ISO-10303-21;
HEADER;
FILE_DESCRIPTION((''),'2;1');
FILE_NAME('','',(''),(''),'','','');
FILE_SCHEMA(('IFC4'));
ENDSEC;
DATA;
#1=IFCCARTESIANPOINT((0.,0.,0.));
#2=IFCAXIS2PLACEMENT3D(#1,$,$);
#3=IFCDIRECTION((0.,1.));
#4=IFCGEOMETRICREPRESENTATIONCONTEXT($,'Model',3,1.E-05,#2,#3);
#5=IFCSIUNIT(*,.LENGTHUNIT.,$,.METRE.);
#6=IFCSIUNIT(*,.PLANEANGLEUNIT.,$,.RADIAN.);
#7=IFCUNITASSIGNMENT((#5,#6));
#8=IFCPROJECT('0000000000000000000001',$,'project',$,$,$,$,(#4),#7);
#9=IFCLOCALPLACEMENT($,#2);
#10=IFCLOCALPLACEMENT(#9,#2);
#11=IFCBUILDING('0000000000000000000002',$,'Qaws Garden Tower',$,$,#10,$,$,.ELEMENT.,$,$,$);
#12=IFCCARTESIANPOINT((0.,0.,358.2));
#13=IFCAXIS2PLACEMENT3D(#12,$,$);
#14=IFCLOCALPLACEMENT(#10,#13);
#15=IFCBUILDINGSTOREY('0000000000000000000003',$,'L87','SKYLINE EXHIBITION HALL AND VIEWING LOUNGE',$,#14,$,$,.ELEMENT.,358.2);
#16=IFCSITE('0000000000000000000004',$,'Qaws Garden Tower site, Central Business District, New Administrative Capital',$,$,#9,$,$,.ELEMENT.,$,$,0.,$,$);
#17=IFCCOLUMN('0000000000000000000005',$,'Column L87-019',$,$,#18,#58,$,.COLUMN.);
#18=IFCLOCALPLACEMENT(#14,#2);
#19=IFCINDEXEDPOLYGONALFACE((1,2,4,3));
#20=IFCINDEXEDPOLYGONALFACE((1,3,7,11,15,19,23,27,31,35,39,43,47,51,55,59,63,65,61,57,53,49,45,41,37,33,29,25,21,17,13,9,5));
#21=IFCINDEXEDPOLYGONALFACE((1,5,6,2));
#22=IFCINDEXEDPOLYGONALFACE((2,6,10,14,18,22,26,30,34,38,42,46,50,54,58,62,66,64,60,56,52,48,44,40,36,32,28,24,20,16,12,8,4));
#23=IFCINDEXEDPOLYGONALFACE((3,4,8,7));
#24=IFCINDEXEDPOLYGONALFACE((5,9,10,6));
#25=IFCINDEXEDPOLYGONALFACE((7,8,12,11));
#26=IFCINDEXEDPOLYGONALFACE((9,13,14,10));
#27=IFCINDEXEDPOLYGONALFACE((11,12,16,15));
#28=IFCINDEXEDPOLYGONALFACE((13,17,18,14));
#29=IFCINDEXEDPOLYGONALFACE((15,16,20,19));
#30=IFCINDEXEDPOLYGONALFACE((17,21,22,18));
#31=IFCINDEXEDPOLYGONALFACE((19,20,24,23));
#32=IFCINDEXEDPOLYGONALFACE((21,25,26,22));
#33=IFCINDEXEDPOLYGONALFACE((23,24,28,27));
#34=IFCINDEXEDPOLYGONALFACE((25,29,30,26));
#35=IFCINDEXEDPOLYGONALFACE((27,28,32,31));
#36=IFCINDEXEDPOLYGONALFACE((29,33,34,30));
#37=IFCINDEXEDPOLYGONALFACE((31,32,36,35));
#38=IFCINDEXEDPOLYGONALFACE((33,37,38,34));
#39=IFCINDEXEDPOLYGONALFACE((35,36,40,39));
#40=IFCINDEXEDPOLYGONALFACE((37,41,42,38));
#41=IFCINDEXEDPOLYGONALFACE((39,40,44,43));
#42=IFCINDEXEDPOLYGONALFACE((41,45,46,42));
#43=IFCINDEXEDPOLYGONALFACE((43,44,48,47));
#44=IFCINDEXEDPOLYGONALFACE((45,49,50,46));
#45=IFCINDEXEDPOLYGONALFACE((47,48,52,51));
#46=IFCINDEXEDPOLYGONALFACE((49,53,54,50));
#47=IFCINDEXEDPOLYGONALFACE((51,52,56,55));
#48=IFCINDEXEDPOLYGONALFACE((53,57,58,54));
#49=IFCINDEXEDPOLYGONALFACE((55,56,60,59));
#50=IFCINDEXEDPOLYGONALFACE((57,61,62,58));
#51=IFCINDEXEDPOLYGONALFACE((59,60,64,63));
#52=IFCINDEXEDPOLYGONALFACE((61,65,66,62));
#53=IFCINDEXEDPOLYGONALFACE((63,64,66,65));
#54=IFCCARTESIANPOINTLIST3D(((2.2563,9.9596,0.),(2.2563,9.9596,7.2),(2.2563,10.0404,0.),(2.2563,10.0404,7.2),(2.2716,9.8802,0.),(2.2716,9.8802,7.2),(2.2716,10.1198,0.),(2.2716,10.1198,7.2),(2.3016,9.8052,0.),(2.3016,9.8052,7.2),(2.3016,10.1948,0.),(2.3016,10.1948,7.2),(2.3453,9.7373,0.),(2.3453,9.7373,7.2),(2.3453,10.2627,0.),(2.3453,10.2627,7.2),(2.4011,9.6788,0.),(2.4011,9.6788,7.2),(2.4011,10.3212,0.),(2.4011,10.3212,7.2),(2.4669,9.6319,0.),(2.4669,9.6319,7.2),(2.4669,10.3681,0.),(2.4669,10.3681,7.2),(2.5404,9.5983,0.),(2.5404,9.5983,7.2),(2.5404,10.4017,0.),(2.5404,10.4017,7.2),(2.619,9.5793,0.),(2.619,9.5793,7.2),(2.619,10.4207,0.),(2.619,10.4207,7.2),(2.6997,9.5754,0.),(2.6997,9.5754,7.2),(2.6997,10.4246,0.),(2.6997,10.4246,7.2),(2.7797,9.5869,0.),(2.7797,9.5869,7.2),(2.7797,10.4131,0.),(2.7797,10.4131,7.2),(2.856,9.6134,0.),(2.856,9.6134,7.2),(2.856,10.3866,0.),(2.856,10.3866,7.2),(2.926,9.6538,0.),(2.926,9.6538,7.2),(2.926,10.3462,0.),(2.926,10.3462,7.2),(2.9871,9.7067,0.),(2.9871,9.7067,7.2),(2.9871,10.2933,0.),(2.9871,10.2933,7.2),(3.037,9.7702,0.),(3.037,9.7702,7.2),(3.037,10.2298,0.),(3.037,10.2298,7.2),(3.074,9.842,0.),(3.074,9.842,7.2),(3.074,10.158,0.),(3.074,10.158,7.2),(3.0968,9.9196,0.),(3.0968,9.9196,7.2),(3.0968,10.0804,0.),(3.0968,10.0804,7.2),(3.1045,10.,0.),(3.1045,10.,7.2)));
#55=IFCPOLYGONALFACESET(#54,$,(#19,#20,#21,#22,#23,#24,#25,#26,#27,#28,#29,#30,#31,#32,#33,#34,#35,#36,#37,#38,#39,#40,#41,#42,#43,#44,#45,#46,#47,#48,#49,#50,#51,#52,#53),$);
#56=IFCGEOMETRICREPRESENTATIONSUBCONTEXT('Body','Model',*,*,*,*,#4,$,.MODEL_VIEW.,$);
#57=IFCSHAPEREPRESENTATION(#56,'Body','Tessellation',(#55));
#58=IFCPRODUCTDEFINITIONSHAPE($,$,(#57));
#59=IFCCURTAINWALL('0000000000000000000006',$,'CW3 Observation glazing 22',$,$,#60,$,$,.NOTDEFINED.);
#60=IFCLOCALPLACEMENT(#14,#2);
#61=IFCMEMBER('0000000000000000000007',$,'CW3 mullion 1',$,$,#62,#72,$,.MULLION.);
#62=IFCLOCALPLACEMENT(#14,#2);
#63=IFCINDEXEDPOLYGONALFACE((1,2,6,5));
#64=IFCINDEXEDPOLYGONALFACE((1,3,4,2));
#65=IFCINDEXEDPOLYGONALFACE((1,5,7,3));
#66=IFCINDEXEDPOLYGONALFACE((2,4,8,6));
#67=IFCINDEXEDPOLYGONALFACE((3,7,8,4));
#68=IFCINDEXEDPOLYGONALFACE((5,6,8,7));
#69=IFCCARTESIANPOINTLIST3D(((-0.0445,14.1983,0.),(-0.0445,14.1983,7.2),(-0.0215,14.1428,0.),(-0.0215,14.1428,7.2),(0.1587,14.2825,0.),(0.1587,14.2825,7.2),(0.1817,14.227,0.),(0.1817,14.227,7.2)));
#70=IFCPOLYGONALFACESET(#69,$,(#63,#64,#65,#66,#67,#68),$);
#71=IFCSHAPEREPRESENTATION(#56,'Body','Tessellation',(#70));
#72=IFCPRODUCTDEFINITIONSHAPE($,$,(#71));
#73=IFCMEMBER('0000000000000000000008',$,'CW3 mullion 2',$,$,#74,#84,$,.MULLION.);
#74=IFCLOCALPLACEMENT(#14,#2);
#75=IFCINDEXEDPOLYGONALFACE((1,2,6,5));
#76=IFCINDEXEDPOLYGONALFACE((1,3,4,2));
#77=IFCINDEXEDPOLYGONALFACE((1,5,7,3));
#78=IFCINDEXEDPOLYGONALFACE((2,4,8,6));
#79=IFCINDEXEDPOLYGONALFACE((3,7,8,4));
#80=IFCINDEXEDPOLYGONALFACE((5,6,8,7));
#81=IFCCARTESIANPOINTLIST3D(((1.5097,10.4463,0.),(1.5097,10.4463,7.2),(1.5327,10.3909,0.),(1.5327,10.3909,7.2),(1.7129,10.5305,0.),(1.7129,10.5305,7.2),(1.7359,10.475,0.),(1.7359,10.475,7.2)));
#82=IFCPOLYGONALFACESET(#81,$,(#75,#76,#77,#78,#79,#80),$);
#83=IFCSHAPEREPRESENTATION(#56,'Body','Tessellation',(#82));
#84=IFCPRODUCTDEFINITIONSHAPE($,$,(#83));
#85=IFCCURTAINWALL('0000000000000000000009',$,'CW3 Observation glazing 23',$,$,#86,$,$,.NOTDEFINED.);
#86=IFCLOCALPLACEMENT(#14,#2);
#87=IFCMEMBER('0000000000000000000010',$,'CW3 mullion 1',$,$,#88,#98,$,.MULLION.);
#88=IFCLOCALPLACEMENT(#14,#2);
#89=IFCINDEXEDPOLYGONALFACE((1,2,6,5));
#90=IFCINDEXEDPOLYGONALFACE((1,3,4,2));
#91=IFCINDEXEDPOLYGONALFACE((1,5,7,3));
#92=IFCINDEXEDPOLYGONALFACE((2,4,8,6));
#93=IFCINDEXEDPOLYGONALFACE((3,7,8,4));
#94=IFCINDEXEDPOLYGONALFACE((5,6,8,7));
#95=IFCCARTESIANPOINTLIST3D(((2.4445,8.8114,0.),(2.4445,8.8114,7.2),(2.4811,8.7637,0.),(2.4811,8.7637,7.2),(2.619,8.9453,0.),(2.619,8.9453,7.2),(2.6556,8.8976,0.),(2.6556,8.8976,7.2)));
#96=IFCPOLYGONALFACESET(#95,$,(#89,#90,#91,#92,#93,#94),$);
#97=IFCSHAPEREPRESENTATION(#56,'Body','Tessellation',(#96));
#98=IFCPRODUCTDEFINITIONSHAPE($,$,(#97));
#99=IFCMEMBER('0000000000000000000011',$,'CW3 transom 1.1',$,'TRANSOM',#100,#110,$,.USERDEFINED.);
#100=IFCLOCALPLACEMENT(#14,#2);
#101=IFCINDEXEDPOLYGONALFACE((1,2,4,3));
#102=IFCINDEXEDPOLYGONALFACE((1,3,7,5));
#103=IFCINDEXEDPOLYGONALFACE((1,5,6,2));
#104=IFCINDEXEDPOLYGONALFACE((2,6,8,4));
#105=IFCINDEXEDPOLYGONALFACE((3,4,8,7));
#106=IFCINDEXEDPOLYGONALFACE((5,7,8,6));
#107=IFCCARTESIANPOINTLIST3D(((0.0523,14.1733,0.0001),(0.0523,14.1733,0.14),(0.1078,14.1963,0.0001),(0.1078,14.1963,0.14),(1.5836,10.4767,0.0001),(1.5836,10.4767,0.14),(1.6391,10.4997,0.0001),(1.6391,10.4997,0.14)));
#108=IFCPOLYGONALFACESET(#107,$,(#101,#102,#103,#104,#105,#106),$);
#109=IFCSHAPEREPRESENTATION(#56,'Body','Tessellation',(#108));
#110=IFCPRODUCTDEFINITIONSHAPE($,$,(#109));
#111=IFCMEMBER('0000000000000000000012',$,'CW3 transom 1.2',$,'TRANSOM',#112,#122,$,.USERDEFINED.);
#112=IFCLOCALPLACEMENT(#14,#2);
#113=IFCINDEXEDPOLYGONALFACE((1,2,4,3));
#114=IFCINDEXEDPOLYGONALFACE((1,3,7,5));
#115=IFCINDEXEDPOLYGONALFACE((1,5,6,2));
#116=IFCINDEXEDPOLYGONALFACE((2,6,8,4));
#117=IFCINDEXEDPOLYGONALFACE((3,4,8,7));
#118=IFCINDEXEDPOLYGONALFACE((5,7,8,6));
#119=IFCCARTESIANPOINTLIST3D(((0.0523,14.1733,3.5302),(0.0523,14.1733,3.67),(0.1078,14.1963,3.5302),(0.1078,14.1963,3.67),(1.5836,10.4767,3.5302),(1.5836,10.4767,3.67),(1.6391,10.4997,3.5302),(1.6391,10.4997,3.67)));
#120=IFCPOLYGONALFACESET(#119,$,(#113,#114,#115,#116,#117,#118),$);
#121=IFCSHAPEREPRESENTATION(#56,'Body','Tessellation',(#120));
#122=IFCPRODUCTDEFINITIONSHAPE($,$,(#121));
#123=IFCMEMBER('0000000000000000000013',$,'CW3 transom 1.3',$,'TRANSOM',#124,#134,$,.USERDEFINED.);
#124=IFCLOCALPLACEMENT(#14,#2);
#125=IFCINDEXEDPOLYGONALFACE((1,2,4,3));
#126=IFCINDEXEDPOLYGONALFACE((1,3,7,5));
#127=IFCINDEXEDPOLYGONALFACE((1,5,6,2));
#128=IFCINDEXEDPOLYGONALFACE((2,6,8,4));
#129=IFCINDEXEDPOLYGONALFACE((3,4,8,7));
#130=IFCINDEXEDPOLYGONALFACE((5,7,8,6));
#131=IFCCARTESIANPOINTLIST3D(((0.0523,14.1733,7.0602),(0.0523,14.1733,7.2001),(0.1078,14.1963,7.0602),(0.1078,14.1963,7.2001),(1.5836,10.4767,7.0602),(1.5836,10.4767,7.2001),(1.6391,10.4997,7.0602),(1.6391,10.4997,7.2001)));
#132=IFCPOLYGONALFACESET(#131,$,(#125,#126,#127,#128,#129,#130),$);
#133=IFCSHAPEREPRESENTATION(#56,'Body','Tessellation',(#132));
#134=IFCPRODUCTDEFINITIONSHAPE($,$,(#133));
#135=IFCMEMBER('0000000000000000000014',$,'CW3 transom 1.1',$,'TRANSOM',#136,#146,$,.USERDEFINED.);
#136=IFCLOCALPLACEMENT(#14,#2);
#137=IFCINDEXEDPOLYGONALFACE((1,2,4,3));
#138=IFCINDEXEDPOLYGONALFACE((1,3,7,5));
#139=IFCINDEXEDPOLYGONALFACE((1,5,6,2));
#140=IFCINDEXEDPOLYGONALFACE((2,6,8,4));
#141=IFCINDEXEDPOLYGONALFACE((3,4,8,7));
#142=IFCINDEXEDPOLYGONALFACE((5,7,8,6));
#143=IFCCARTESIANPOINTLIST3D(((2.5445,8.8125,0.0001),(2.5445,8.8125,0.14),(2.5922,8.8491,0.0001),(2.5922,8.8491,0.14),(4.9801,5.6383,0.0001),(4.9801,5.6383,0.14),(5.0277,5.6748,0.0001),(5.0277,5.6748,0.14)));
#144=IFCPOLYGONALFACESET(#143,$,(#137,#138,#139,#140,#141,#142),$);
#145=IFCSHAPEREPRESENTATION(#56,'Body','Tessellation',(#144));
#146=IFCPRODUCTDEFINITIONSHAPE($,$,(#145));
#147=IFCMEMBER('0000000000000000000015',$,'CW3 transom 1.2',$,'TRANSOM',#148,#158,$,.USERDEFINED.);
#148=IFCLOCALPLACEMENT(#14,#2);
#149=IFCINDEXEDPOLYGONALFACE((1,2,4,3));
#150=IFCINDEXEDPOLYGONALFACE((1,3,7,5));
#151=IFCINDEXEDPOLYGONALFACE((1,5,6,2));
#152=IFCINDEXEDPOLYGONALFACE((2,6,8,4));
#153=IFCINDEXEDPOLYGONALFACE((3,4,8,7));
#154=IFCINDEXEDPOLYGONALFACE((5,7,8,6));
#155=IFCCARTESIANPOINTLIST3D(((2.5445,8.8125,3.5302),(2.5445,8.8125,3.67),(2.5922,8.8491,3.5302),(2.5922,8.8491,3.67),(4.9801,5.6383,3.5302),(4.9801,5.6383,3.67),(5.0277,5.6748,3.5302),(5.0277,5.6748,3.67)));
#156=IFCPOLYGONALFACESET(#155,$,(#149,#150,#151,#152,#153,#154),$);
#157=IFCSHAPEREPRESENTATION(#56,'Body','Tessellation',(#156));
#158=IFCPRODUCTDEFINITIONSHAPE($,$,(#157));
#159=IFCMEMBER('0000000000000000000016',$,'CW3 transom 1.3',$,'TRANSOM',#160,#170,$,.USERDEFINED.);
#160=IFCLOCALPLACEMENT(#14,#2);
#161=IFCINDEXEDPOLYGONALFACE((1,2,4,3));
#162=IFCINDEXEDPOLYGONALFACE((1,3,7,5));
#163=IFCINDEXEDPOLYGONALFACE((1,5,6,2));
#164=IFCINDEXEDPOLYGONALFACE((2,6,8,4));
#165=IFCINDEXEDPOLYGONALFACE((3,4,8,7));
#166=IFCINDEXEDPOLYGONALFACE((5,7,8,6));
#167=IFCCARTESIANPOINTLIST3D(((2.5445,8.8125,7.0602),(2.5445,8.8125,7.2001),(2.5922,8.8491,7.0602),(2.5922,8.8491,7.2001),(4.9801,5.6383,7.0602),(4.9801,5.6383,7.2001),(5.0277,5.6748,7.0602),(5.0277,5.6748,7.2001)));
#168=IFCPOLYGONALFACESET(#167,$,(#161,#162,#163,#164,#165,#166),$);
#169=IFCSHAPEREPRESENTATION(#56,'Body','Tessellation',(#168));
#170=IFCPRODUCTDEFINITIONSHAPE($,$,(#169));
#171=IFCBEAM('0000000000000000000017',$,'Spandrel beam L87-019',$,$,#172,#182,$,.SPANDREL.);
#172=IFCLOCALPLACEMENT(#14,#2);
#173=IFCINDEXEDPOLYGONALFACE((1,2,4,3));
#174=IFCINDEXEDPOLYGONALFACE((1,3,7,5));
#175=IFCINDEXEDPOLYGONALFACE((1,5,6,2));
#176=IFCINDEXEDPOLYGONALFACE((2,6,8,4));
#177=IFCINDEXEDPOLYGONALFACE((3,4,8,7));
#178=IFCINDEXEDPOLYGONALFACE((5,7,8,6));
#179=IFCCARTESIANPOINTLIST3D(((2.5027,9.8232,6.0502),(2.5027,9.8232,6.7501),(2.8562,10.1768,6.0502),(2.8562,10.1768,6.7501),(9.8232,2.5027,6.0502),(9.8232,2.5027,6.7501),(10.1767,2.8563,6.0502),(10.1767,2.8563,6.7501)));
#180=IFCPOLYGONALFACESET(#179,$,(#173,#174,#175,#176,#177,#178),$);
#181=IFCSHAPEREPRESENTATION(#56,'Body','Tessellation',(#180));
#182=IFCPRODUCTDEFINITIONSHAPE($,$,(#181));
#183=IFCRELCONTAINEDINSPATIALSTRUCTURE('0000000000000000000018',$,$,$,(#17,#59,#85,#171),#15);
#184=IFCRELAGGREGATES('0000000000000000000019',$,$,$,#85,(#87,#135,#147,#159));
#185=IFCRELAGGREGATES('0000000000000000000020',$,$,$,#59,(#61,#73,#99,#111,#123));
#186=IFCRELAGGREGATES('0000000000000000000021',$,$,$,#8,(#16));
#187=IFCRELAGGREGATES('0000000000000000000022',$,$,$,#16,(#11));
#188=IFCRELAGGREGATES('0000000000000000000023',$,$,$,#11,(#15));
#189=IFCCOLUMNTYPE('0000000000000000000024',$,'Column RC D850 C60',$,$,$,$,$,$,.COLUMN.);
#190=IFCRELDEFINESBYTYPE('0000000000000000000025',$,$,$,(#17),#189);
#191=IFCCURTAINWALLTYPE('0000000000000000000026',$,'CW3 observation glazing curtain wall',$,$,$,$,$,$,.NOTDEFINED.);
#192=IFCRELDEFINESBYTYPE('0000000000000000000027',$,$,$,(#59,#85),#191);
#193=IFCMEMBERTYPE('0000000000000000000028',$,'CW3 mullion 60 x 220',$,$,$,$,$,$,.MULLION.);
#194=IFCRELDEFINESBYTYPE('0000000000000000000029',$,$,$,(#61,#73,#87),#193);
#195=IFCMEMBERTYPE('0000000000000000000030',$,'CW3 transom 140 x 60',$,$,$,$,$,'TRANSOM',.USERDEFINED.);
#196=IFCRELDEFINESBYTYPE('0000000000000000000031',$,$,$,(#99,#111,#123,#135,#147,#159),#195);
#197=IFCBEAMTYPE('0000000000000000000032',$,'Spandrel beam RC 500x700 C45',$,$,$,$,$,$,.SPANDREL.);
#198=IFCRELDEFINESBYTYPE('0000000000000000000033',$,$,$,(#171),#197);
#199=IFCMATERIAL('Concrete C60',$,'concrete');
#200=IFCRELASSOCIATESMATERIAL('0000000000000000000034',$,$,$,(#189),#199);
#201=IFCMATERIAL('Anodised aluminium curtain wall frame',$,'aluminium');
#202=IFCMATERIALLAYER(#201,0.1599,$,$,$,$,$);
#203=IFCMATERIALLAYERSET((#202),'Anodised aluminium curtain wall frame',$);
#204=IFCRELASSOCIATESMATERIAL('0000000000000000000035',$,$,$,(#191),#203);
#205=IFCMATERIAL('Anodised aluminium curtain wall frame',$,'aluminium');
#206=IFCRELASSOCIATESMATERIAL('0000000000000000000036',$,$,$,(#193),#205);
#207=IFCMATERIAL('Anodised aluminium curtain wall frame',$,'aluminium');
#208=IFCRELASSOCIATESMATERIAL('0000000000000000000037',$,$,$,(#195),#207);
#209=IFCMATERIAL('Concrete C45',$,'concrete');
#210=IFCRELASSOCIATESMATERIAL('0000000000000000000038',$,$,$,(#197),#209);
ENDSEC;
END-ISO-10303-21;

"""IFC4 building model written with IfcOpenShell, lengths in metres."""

from ifc_helpers import new_model, si_unit, direction, frame, origin, origin_2d, place, context, subcontext, project, spatial, rectangle, circle, extrude, material, layer, layer_set, material_profile, profile_set, type_object, element, aggregate, save


model = new_model("IFC4")

# Units and contexts
model_context = context("Model", 3, precision=1e-05, world=origin(), true_north=direction((0.0, 1.0)))
body_context = subcontext(model_context, "Body", "Model", "MODEL_VIEW")
ifc_project = project(units=[si_unit("LENGTHUNIT", "METRE"), si_unit("PLANEANGLEUNIT", "RADIAN")], contexts=[model_context])

# Site, building, storey
site_placement = place(None, origin())
site = spatial("IfcSite", under=ifc_project, at=site_placement, Name="Qaws Garden Tower site, Central Business District, New Administrative Capital", CompositionType="ELEMENT", RefElevation=0.0)
building_placement = place(site_placement, origin())
building = spatial("IfcBuilding", under=site, at=building_placement, Name="Qaws Garden Tower", CompositionType="ELEMENT")
storey_placement = place(building_placement, frame((0.0, 0.0, 358.2)))
storey = spatial("IfcBuildingStorey", under=building, at=storey_placement, Name="L87", Description="SKYLINE EXHIBITION HALL AND VIEWING LOUNGE", CompositionType="ELEMENT", Elevation=358.2)

# Column
ifc_material_1 = material(Name="Concrete C60", Category="concrete")
ifc_material_profile_1 = material_profile(ifc_material_1, circle(Radius=0.425, at=origin_2d()), Name="RC D850")
ifc_profile_set_1 = profile_set([ifc_material_profile_1], Name="Concrete C60")
column_type = type_object("IfcColumnType", Name="Column RC D850 C60", PredefinedType="COLUMN", material=ifc_profile_set_1)
column_placement = place(storey_placement, frame((2.6794, 10.0, 0.0), z_axis=(0.0, 0.0, 1.0), x_axis=(1.0, 0.0, 0.0)))
element("IfcColumn", 1, at=column_placement, inside=storey, type_object=column_type, Name="Column L87-019", PredefinedType="COLUMN", context=body_context, shape_type="SweptSolid", body=[
    extrude(circle(Radius=0.425, at=origin_2d()), origin(), (0.0, 0.0, 1.0), 7.2),
])

# Curtain wall, members
ifc_material_2 = material(Name="Anodised aluminium curtain wall frame", Category="aluminium")
ifc_layer_1 = layer(ifc_material_2, 0.1599)
ifc_layer_set_1 = layer_set([ifc_layer_1], Name="Anodised aluminium curtain wall frame")
curtain_wall_type = type_object("IfcCurtainWallType", Name="CW3 observation glazing curtain wall", PredefinedType="NOTDEFINED", material=ifc_layer_set_1)
placement = place(storey_placement, origin())
curtain_wall_1 = element("IfcCurtainWall", 2, at=placement, inside=storey, type_object=curtain_wall_type, Name="CW3 Observation glazing 22", PredefinedType="NOTDEFINED")
ifc_material_3 = material(Name="Anodised aluminium curtain wall frame", Category="aluminium")
ifc_material_profile_2 = material_profile(ifc_material_3, rectangle(XDim=0.22, YDim=0.0601, at=origin_2d()), Name="AL 60x220")
ifc_profile_set_2 = profile_set([ifc_material_profile_2], Name="Anodised aluminium curtain wall frame")
member_type_1 = type_object("IfcMemberType", Name="CW3 mullion 60 x 220", PredefinedType="MULLION", material=ifc_profile_set_2)
member_1_placement = place(storey_placement, frame((0.0686, 14.2126, 0.0), z_axis=(0.0, 0.0, 1.0), x_axis=(0.92388, 0.382683, 0.0)))
member_1 = element("IfcMember", 3, at=member_1_placement, type_object=member_type_1, Name="CW3 mullion 1", PredefinedType="MULLION", context=body_context, shape_type="SweptSolid", body=[
    extrude(rectangle(XDim=0.22, YDim=0.0601, at=origin_2d()), origin(), (0.0, 0.0, 1.0), 7.2),
])
member_2_placement = place(storey_placement, frame((1.6228, 10.4607, 0.0), z_axis=(0.0, 0.0, 1.0), x_axis=(0.92388, 0.382683, 0.0)))
member_2 = element("IfcMember", 4, at=member_2_placement, type_object=member_type_1, Name="CW3 mullion 2", PredefinedType="MULLION", context=body_context, shape_type="SweptSolid", body=[
    extrude(rectangle(XDim=0.22, YDim=0.0601, at=origin_2d()), origin(), (0.0, 0.0, 1.0), 7.2),
])

# Curtain wall, member
curtain_wall_2 = element("IfcCurtainWall", 5, at=placement, inside=storey, type_object=curtain_wall_type, Name="CW3 Observation glazing 23", PredefinedType="NOTDEFINED")
member_3_placement = place(storey_placement, frame((2.55, 8.8545, 0.0), z_axis=(0.0, 0.0, 1.0), x_axis=(0.793353, 0.608761, 0.0)))
member_3 = element("IfcMember", 6, at=member_3_placement, type_object=member_type_1, Name="CW3 mullion 1", PredefinedType="MULLION", context=body_context, shape_type="SweptSolid", body=[
    extrude(rectangle(XDim=0.22, YDim=0.0601, at=origin_2d()), origin(), (0.0, 0.0, 1.0), 7.2),
])

# Members
ifc_material_4 = material(Name="Anodised aluminium curtain wall frame", Category="aluminium")
ifc_material_profile_3 = material_profile(ifc_material_4, rectangle(XDim=0.0601, YDim=0.1399, at=origin_2d()), Name="AL 60x140")
ifc_profile_set_3 = profile_set([ifc_material_profile_3], Name="Anodised aluminium curtain wall frame")
member_type_2 = type_object("IfcMemberType", Name="CW3 transom 140 x 60", ElementType="TRANSOM", PredefinedType="USERDEFINED", material=ifc_profile_set_3)
member_4_placement = place(storey_placement, frame((0.0801, 14.1848, 0.0701), z_axis=(0.382704, -0.923871, 0.0), x_axis=(0.923871, 0.382704, 0.0)))
member_4 = element("IfcMember", 7, at=member_4_placement, type_object=member_type_2, Name="CW3 transom 1.1", ObjectType="TRANSOM", PredefinedType="USERDEFINED", context=body_context, shape_type="SweptSolid", body=[
    extrude(rectangle(XDim=0.0601, YDim=0.1399, at=origin_2d()), origin(), (0.0, 0.0, 1.0), 4.0012),
])
member_5_placement = place(storey_placement, frame((0.0801, 14.1848, 3.6001), z_axis=(0.382704, -0.923871, 0.0), x_axis=(0.923871, 0.382704, 0.0)))
member_5 = element("IfcMember", 8, at=member_5_placement, type_object=member_type_2, Name="CW3 transom 1.2", ObjectType="TRANSOM", PredefinedType="USERDEFINED", context=body_context, shape_type="SweptSolid", body=[
    extrude(rectangle(XDim=0.0601, YDim=0.1399, at=origin_2d()), origin(), (0.0, 0.0, 1.0), 4.0012),
])
member_6_placement = place(storey_placement, frame((0.0801, 14.1848, 7.1301), z_axis=(0.382704, -0.923871, 0.0), x_axis=(0.923871, 0.382704, 0.0)))
member_6 = element("IfcMember", 9, at=member_6_placement, type_object=member_type_2, Name="CW3 transom 1.3", ObjectType="TRANSOM", PredefinedType="USERDEFINED", context=body_context, shape_type="SweptSolid", body=[
    extrude(rectangle(XDim=0.0601, YDim=0.1399, at=origin_2d()), origin(), (0.0, 0.0, 1.0), 4.0012),
])
member_7_placement = place(storey_placement, frame((2.5684, 8.8308, 0.0701), z_axis=(0.608731, -0.793376, 0.0), x_axis=(0.793376, 0.608731, 0.0)))
member_7 = element("IfcMember", 10, at=member_7_placement, type_object=member_type_2, Name="CW3 transom 1.1", ObjectType="TRANSOM", PredefinedType="USERDEFINED", context=body_context, shape_type="SweptSolid", body=[
    extrude(rectangle(XDim=0.0601, YDim=0.1399, at=origin_2d()), origin(), (0.0, 0.0, 1.0), 4.001),
])
member_8_placement = place(storey_placement, frame((2.5684, 8.8308, 3.6001), z_axis=(0.608731, -0.793376, 0.0), x_axis=(0.793376, 0.608731, 0.0)))
member_8 = element("IfcMember", 11, at=member_8_placement, type_object=member_type_2, Name="CW3 transom 1.2", ObjectType="TRANSOM", PredefinedType="USERDEFINED", context=body_context, shape_type="SweptSolid", body=[
    extrude(rectangle(XDim=0.0601, YDim=0.1399, at=origin_2d()), origin(), (0.0, 0.0, 1.0), 4.001),
])
member_9_placement = place(storey_placement, frame((2.5684, 8.8308, 7.1301), z_axis=(0.608731, -0.793376, 0.0), x_axis=(0.793376, 0.608731, 0.0)))
member_9 = element("IfcMember", 12, at=member_9_placement, type_object=member_type_2, Name="CW3 transom 1.3", ObjectType="TRANSOM", PredefinedType="USERDEFINED", context=body_context, shape_type="SweptSolid", body=[
    extrude(rectangle(XDim=0.0601, YDim=0.1399, at=origin_2d()), origin(), (0.0, 0.0, 1.0), 4.001),
])
aggregate(curtain_wall_2, [member_3, member_7, member_8, member_9])

# Beam
ifc_material_5 = material(Name="Concrete C45", Category="concrete")
ifc_material_profile_4 = material_profile(ifc_material_5, rectangle(XDim=0.5, YDim=0.7, at=origin_2d()), Name="RC 500x700")
ifc_profile_set_4 = profile_set([ifc_material_profile_4], Name="Concrete C45")
beam_type = type_object("IfcBeamType", Name="Spandrel beam RC 500x700 C45", PredefinedType="SPANDREL", material=ifc_profile_set_4)
beam_placement = place(storey_placement, frame((2.6794, 10.0, 6.4001), z_axis=(0.707107, -0.707107, 0.0), x_axis=(0.707107, 0.707107, 0.0)))
element("IfcBeam", 13, at=beam_placement, inside=storey, type_object=beam_type, Name="Spandrel beam L87-019", PredefinedType="SPANDREL", context=body_context, shape_type="SweptSolid", body=[
    extrude(rectangle(XDim=0.5, YDim=0.7, at=origin_2d()), origin(), (0.0, 0.0, 1.0), 10.3528),
])

aggregate(curtain_wall_1, [member_1, member_2, member_4, member_5, member_6])

save(model, "model.ifc")
